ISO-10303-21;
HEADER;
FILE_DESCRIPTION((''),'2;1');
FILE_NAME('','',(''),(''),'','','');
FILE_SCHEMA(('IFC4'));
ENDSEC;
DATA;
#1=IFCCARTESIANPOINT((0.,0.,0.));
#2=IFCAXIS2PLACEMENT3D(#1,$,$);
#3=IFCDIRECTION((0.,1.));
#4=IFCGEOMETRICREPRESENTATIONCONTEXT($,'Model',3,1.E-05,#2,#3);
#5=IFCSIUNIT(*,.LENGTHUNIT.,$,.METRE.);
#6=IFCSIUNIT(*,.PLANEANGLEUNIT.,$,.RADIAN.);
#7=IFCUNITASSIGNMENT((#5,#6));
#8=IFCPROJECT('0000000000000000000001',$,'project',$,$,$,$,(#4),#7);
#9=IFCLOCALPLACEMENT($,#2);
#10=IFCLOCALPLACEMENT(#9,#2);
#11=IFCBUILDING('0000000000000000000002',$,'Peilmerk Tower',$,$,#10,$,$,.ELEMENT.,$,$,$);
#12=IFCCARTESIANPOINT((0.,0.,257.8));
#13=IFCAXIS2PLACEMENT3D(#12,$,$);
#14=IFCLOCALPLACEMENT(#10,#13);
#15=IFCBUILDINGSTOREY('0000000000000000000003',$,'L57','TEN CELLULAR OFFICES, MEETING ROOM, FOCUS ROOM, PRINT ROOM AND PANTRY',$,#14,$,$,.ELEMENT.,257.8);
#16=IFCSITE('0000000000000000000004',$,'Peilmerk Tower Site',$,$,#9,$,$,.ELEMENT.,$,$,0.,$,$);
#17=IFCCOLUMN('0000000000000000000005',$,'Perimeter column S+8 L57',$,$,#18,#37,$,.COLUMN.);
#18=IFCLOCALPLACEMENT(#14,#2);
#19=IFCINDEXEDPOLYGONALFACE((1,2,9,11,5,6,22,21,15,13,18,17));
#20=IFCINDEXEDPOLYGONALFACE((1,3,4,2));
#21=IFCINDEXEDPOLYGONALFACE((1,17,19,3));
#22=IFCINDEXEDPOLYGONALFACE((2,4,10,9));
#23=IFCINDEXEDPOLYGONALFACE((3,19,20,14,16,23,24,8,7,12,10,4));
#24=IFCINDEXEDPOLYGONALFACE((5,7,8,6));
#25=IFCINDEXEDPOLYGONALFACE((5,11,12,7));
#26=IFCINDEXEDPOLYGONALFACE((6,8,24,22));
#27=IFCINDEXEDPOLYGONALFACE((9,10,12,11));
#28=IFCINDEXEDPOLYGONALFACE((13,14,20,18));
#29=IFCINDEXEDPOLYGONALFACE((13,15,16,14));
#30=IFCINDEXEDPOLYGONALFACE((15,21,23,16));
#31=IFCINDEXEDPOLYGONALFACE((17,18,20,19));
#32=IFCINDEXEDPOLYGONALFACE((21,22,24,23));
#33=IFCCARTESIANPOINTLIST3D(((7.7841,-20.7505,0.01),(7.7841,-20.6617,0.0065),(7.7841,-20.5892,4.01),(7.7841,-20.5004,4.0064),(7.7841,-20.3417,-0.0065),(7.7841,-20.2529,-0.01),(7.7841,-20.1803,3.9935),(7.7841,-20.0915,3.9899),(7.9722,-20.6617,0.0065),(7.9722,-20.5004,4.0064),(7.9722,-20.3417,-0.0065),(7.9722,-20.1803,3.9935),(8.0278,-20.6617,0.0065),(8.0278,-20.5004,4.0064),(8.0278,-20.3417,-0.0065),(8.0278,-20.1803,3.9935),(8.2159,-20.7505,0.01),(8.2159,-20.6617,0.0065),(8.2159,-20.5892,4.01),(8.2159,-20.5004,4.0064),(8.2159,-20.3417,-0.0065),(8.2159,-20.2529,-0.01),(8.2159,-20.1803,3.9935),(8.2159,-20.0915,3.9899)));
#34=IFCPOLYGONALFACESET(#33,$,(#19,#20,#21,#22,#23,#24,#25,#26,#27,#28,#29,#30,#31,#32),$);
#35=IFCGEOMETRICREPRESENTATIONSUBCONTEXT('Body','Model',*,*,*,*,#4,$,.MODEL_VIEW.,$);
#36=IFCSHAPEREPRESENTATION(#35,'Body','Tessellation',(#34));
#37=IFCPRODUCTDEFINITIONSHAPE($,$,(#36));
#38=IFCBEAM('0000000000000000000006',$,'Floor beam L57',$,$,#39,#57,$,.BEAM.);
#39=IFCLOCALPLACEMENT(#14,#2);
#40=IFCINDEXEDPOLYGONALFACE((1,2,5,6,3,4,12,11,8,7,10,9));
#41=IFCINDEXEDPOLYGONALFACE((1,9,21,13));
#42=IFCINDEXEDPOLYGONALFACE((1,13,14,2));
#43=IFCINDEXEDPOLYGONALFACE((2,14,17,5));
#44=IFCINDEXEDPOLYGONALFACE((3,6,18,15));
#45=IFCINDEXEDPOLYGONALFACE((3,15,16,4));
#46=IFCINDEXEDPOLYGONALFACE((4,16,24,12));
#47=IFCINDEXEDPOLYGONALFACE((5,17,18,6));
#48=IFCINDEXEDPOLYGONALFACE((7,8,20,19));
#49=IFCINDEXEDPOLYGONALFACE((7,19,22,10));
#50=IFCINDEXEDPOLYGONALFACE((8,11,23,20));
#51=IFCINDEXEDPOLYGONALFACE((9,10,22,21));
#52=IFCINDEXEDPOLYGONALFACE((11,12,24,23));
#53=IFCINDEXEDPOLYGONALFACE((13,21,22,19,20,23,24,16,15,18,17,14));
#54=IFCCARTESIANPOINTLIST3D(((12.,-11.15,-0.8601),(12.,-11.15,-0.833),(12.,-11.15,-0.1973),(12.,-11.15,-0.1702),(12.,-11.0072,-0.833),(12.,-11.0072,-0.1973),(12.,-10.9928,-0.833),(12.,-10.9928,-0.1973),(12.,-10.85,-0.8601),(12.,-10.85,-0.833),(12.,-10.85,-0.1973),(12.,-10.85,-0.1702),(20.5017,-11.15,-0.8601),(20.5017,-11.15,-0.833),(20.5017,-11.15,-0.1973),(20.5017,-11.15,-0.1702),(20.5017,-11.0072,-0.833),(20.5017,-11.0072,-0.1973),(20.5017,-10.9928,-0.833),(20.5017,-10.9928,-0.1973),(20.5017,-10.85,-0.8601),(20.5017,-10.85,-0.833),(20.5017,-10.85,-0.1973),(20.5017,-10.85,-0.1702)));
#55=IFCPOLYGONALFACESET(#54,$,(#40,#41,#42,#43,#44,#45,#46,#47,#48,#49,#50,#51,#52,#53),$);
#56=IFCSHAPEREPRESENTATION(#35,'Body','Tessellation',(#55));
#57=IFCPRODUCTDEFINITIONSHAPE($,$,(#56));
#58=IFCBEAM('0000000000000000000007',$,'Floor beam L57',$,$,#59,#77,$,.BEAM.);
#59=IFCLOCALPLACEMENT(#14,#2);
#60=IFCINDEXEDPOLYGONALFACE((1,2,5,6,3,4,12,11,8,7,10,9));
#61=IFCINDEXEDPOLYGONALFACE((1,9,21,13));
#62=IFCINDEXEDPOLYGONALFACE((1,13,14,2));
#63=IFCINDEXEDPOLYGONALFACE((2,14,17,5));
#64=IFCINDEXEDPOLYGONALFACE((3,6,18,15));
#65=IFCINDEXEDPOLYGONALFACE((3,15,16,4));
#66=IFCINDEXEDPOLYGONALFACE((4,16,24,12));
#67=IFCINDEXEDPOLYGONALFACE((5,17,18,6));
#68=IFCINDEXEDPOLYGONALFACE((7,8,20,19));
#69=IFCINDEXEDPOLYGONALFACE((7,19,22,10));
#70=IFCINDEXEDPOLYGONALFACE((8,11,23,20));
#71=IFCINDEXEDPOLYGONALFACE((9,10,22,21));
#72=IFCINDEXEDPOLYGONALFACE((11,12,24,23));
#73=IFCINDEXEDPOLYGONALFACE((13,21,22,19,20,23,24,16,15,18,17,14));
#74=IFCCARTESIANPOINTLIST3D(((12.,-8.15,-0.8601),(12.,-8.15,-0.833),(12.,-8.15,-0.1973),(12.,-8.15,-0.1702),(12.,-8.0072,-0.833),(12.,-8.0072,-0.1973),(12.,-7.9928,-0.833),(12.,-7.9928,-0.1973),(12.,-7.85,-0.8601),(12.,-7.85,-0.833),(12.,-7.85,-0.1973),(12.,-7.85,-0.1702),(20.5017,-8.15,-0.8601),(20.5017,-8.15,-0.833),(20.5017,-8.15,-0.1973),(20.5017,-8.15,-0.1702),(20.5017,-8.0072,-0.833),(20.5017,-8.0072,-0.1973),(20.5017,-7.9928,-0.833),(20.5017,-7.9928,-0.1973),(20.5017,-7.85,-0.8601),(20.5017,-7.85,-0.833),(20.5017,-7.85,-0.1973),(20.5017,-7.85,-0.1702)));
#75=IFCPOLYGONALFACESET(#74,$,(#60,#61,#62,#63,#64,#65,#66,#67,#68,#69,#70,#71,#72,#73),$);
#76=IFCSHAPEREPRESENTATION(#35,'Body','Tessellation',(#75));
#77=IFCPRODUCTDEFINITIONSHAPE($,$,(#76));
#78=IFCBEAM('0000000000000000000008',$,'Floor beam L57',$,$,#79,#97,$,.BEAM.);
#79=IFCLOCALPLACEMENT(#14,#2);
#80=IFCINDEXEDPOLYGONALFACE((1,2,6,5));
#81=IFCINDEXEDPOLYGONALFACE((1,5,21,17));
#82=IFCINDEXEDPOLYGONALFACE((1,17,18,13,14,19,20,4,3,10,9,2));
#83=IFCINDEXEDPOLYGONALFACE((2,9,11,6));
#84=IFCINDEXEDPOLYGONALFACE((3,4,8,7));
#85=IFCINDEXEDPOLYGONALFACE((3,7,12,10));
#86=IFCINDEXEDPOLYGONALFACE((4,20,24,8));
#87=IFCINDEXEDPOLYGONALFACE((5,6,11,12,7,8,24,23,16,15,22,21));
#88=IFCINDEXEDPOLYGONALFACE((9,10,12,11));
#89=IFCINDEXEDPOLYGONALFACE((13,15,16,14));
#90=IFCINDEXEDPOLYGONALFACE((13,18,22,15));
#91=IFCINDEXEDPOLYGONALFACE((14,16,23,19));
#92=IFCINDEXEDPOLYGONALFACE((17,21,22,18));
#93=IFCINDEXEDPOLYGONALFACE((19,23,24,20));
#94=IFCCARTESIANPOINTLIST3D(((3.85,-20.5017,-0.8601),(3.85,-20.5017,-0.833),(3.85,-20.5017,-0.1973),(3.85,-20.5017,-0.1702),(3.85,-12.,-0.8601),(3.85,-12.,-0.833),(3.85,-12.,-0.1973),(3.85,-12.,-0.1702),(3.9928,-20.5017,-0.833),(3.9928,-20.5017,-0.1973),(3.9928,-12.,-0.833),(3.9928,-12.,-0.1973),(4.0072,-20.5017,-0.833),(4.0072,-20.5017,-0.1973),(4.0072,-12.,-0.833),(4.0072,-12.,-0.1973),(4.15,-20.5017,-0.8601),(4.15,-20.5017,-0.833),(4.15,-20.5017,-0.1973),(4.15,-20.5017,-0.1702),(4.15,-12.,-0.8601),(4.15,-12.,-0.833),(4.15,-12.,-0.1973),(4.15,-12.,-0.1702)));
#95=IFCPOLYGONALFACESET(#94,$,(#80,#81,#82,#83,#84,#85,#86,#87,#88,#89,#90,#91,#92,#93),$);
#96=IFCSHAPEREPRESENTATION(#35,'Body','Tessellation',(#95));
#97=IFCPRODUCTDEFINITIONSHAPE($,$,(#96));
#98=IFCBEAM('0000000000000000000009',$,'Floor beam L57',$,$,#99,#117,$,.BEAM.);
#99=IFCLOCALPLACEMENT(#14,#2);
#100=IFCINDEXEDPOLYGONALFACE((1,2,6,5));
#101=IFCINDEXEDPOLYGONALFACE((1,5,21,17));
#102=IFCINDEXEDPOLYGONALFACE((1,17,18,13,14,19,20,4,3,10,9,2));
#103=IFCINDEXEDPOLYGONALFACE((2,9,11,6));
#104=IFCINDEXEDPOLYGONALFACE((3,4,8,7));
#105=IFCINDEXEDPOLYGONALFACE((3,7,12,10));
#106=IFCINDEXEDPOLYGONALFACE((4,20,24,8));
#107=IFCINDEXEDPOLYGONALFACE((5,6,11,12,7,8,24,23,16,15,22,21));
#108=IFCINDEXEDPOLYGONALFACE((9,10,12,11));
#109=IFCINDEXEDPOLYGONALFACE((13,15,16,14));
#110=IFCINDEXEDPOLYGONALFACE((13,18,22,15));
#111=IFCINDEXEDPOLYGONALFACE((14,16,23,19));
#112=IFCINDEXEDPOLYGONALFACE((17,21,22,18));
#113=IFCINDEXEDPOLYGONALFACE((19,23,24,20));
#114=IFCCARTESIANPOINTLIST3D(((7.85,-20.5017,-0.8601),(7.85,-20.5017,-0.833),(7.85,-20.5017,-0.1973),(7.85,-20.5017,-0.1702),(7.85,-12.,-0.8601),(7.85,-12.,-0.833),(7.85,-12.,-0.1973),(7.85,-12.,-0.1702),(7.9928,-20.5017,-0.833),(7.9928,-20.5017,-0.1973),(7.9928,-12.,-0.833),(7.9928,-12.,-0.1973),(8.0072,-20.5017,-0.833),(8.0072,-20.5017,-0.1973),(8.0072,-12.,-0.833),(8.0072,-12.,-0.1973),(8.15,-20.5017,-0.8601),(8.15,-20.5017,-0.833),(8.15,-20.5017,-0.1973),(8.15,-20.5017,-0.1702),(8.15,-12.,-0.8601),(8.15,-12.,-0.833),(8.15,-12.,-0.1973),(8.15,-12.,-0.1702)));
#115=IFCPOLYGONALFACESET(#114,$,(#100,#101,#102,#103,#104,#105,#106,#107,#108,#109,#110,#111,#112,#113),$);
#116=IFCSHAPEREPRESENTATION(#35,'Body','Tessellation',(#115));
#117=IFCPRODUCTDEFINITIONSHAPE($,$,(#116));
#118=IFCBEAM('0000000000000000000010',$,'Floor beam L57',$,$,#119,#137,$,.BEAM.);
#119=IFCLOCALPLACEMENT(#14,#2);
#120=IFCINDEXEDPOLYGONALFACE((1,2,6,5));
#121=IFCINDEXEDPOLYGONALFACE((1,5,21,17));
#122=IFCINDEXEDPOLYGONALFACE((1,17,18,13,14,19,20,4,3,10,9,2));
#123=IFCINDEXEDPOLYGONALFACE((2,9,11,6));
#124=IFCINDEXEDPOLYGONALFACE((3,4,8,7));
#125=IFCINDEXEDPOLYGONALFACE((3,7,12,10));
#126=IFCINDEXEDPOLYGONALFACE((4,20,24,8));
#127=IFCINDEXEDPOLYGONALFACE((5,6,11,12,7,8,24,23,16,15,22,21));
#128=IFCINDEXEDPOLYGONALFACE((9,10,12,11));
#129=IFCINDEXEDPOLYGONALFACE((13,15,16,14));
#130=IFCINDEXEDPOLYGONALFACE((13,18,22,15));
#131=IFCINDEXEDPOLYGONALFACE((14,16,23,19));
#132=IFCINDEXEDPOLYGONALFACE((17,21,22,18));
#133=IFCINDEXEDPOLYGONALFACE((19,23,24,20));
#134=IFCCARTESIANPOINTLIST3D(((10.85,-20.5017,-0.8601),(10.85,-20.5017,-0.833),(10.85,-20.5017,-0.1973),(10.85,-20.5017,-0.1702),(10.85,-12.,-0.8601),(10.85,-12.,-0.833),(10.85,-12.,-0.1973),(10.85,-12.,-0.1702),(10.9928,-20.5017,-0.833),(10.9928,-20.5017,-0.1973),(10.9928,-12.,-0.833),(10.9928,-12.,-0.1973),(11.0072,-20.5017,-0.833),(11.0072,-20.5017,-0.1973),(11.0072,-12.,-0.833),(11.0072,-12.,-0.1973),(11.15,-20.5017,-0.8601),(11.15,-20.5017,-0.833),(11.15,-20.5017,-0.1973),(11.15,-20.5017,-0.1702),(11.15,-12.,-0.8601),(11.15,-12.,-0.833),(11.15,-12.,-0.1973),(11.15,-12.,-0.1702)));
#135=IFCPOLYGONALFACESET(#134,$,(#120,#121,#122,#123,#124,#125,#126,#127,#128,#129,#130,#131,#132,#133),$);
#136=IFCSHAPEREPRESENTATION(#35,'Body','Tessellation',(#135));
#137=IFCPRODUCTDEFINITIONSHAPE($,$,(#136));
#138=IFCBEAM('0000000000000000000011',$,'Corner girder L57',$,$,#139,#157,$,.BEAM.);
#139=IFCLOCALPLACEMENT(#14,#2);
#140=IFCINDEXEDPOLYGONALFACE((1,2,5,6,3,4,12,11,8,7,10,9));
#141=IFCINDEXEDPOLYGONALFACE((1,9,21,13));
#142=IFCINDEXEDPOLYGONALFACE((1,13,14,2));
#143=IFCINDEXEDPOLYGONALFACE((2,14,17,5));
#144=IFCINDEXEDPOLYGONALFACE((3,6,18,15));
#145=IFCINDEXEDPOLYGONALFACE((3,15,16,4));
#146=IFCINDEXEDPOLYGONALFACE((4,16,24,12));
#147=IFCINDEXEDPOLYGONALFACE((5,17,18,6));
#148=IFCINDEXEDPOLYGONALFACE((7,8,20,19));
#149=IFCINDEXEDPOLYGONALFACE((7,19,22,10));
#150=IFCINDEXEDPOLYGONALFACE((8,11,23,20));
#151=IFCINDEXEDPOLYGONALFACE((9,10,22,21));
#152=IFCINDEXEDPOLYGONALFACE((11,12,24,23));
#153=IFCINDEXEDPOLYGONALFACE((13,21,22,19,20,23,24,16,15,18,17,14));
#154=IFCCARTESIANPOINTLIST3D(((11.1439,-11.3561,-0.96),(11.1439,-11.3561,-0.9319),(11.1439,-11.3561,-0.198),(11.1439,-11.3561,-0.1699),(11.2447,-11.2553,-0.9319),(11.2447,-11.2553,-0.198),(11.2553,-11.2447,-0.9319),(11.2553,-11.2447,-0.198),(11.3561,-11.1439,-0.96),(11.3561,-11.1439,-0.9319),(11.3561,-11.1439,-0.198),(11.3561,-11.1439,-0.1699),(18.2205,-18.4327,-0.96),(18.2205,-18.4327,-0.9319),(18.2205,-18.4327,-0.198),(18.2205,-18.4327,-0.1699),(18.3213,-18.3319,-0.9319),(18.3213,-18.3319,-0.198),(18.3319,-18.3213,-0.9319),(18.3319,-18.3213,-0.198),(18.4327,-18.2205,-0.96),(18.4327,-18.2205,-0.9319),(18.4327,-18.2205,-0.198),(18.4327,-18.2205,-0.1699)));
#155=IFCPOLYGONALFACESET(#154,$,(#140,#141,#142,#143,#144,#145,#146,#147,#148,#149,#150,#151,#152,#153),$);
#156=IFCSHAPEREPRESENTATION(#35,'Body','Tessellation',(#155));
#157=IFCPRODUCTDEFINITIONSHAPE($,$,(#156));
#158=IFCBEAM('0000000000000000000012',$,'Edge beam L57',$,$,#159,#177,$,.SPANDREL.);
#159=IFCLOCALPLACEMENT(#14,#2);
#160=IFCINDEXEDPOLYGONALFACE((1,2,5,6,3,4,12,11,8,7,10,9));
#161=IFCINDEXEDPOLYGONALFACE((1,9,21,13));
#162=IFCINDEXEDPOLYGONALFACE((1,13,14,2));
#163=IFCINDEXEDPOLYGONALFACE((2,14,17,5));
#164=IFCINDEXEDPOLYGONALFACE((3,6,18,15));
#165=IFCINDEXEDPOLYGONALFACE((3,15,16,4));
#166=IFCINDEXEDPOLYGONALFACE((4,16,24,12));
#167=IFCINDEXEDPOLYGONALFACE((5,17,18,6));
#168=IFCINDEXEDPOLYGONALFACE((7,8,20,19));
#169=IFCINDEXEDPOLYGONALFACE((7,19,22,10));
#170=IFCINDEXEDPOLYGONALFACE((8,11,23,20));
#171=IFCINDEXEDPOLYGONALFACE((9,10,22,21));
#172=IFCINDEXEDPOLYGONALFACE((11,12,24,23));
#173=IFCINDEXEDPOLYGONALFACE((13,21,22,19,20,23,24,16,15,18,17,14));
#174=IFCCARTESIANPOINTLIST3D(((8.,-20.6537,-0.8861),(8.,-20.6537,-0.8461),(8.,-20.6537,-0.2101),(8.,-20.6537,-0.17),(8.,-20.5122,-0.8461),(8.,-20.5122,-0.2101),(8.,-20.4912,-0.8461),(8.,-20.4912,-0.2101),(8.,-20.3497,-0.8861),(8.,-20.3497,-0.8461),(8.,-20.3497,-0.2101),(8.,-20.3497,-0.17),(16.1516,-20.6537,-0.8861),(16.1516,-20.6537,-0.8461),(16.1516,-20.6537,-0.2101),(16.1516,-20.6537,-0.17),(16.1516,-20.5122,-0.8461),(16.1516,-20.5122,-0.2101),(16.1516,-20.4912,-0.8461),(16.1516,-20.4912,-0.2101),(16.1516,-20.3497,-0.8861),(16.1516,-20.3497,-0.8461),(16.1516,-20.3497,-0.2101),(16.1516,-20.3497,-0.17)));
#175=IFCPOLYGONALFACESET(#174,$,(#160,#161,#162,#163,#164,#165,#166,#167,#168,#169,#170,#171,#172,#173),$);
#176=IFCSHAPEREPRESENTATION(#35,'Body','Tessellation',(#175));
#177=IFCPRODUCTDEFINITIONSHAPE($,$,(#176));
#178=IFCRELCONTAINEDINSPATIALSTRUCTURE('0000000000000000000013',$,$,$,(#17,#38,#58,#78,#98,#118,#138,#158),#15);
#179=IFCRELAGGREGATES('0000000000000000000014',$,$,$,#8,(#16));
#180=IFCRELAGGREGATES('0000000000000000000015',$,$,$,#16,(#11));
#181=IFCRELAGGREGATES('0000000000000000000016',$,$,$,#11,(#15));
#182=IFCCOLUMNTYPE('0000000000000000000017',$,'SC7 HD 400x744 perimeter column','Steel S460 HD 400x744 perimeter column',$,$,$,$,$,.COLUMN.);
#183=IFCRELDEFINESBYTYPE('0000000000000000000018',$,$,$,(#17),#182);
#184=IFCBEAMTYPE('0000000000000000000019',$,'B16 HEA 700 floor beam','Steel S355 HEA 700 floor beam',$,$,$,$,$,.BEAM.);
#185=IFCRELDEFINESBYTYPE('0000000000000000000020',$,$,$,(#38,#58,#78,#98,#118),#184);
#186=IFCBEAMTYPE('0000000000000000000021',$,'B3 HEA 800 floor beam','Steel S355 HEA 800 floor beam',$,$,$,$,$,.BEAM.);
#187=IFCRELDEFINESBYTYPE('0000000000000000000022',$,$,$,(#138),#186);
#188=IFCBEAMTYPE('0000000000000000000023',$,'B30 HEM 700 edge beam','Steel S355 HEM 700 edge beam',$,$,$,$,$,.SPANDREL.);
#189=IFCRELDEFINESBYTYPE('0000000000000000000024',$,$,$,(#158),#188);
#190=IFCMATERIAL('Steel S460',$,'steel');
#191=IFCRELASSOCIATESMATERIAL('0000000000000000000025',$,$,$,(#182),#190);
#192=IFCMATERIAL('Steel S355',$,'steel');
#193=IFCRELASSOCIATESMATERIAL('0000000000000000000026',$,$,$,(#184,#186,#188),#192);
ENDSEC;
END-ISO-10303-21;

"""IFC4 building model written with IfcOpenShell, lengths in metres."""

from ifc_helpers import new_model, si_unit, direction, frame, origin, origin_2d, place, context, subcontext, project, spatial, i_section, extrude, material, material_profile, profile_set, type_object, element, save


model = new_model("IFC4")

# Units and contexts
model_context = context("Model", 3, precision=1e-05, world=origin(), true_north=direction((0.0, 1.0)))
body_context = subcontext(model_context, "Body", "Model", "MODEL_VIEW")
ifc_project = project(units=[si_unit("LENGTHUNIT", "METRE"), si_unit("PLANEANGLEUNIT", "RADIAN")], contexts=[model_context])

# Site, building, storey
site_placement = place(None, origin())
site = spatial("IfcSite", under=ifc_project, at=site_placement, Name="Peilmerk Tower Site", CompositionType="ELEMENT", RefElevation=0.0)
building_placement = place(site_placement, origin())
building = spatial("IfcBuilding", under=site, at=building_placement, Name="Peilmerk Tower", CompositionType="ELEMENT")
storey_placement = place(building_placement, frame((0.0, 0.0, 257.8)))
storey = spatial("IfcBuildingStorey", under=building, at=storey_placement, Name="L57", Description="TEN CELLULAR OFFICES, MEETING ROOM, FOCUS ROOM, PRINT ROOM AND PANTRY", CompositionType="ELEMENT", Elevation=257.8)

# Column
ifc_material_1 = material(Name="Steel S460", Category="steel")
ifc_material_profile_1 = material_profile(ifc_material_1, i_section(OverallWidth=0.4319, OverallDepth=0.498, WebThickness=0.0557, FlangeThickness=0.0889, at=origin_2d()), Name="HD 400x744")
ifc_profile_set_1 = profile_set([ifc_material_profile_1], Name="Steel S460")
column_type = type_object("IfcColumnType", Name="SC7 HD 400x744 perimeter column", Description="Steel S460 HD 400x744 perimeter column", PredefinedType="COLUMN", material=ifc_profile_set_1)
column_placement = place(storey_placement, frame((8.0, -20.5017, 0.0), z_axis=(0.0, 0.040311, 0.999187), x_axis=(-1.0, 0.0, 0.0)))
element("IfcColumn", 1, at=column_placement, inside=storey, type_object=column_type, Name="Perimeter column S+8 L57", PredefinedType="COLUMN", context=body_context, shape_type="SweptSolid", body=[
    extrude(i_section(OverallWidth=0.4319, OverallDepth=0.498, WebThickness=0.0557, FlangeThickness=0.0889, at=origin_2d()), origin(), (0.0, 0.0, 1.0), 4.0032),
])

# Beams
ifc_material_2 = material(Name="Steel S355", Category="steel")
ifc_material_profile_2 = material_profile(ifc_material_2, i_section(OverallWidth=0.3, OverallDepth=0.6899, WebThickness=0.0144, FlangeThickness=0.0271, at=origin_2d()), Name="HEA 700")
ifc_profile_set_2 = profile_set([ifc_material_profile_2], Name="Steel S355")
beam_type_1 = type_object("IfcBeamType", Name="B16 HEA 700 floor beam", Description="Steel S355 HEA 700 floor beam", PredefinedType="BEAM", material=ifc_profile_set_2)
for number, where, z_axis, x_axis, name in (
    (2, (12.0, -11.0, -0.5151), (1.0, 0.0, 0.0), (0.0, 1.0, 0.0), "Floor beam L57"),
    (3, (12.0, -8.0, -0.5151), (1.0, 0.0, 0.0), (0.0, 1.0, 0.0), "Floor beam L57"),
    (4, (4.0, -12.0, -0.5151), (0.0, -1.0, 0.0), (1.0, 0.0, 0.0), "Floor beam L57"),
    (5, (8.0, -12.0, -0.5151), (0.0, -1.0, 0.0), (1.0, 0.0, 0.0), "Floor beam L57"),
    (6, (11.0, -12.0, -0.5151), (0.0, -1.0, 0.0), (1.0, 0.0, 0.0), "Floor beam L57"),
):
    element("IfcBeam", number, at=place(storey_placement, frame(where, z_axis=z_axis, x_axis=x_axis)), inside=storey, type_object=beam_type_1, Name=name, PredefinedType="BEAM", context=body_context, shape_type="SweptSolid", body=[
        extrude(i_section(OverallWidth=0.3, OverallDepth=0.6899, WebThickness=0.0144, FlangeThickness=0.0271, at=origin_2d()), origin(), (0.0, 0.0, 1.0), 8.5017),
    ])
ifc_material_profile_3 = material_profile(ifc_material_2, i_section(OverallWidth=0.3, OverallDepth=0.79, WebThickness=0.0149, FlangeThickness=0.0281, at=origin_2d()), Name="HEA 800")
ifc_profile_set_3 = profile_set([ifc_material_profile_3], Name="Steel S355")
beam_type_2 = type_object("IfcBeamType", Name="B3 HEA 800 floor beam", Description="Steel S355 HEA 800 floor beam", PredefinedType="BEAM", material=ifc_profile_set_3)
beam_1_placement = place(storey_placement, frame((11.25, -11.25, -0.5649), z_axis=(0.707107, -0.707107, 0.0), x_axis=(0.707107, 0.707107, 0.0)))
element("IfcBeam", 7, at=beam_1_placement, inside=storey, type_object=beam_type_2, Name="Corner girder L57", PredefinedType="BEAM", context=body_context, shape_type="SweptSolid", body=[
    extrude(i_section(OverallWidth=0.3, OverallDepth=0.79, WebThickness=0.0149, FlangeThickness=0.0281, at=origin_2d()), origin(), (0.0, 0.0, 1.0), 10.0078),
])
ifc_material_profile_4 = material_profile(ifc_material_2, i_section(OverallWidth=0.304, OverallDepth=0.7161, WebThickness=0.021, FlangeThickness=0.04, at=origin_2d()), Name="HEM 700")
ifc_profile_set_4 = profile_set([ifc_material_profile_4], Name="Steel S355")
beam_type_3 = type_object("IfcBeamType", Name="B30 HEM 700 edge beam", Description="Steel S355 HEM 700 edge beam", PredefinedType="SPANDREL", material=ifc_profile_set_4)
beam_2_placement = place(storey_placement, frame((8.0, -20.5017, -0.5281), z_axis=(1.0, 0.0, 0.0), x_axis=(0.0, 1.0, 0.0)))
element("IfcBeam", 8, at=beam_2_placement, inside=storey, type_object=beam_type_3, Name="Edge beam L57", PredefinedType="SPANDREL", context=body_context, shape_type="SweptSolid", body=[
    extrude(i_section(OverallWidth=0.304, OverallDepth=0.7161, WebThickness=0.021, FlangeThickness=0.04, at=origin_2d()), origin(), (0.0, 0.0, 1.0), 8.1516),
])

save(model, "model.ifc")
